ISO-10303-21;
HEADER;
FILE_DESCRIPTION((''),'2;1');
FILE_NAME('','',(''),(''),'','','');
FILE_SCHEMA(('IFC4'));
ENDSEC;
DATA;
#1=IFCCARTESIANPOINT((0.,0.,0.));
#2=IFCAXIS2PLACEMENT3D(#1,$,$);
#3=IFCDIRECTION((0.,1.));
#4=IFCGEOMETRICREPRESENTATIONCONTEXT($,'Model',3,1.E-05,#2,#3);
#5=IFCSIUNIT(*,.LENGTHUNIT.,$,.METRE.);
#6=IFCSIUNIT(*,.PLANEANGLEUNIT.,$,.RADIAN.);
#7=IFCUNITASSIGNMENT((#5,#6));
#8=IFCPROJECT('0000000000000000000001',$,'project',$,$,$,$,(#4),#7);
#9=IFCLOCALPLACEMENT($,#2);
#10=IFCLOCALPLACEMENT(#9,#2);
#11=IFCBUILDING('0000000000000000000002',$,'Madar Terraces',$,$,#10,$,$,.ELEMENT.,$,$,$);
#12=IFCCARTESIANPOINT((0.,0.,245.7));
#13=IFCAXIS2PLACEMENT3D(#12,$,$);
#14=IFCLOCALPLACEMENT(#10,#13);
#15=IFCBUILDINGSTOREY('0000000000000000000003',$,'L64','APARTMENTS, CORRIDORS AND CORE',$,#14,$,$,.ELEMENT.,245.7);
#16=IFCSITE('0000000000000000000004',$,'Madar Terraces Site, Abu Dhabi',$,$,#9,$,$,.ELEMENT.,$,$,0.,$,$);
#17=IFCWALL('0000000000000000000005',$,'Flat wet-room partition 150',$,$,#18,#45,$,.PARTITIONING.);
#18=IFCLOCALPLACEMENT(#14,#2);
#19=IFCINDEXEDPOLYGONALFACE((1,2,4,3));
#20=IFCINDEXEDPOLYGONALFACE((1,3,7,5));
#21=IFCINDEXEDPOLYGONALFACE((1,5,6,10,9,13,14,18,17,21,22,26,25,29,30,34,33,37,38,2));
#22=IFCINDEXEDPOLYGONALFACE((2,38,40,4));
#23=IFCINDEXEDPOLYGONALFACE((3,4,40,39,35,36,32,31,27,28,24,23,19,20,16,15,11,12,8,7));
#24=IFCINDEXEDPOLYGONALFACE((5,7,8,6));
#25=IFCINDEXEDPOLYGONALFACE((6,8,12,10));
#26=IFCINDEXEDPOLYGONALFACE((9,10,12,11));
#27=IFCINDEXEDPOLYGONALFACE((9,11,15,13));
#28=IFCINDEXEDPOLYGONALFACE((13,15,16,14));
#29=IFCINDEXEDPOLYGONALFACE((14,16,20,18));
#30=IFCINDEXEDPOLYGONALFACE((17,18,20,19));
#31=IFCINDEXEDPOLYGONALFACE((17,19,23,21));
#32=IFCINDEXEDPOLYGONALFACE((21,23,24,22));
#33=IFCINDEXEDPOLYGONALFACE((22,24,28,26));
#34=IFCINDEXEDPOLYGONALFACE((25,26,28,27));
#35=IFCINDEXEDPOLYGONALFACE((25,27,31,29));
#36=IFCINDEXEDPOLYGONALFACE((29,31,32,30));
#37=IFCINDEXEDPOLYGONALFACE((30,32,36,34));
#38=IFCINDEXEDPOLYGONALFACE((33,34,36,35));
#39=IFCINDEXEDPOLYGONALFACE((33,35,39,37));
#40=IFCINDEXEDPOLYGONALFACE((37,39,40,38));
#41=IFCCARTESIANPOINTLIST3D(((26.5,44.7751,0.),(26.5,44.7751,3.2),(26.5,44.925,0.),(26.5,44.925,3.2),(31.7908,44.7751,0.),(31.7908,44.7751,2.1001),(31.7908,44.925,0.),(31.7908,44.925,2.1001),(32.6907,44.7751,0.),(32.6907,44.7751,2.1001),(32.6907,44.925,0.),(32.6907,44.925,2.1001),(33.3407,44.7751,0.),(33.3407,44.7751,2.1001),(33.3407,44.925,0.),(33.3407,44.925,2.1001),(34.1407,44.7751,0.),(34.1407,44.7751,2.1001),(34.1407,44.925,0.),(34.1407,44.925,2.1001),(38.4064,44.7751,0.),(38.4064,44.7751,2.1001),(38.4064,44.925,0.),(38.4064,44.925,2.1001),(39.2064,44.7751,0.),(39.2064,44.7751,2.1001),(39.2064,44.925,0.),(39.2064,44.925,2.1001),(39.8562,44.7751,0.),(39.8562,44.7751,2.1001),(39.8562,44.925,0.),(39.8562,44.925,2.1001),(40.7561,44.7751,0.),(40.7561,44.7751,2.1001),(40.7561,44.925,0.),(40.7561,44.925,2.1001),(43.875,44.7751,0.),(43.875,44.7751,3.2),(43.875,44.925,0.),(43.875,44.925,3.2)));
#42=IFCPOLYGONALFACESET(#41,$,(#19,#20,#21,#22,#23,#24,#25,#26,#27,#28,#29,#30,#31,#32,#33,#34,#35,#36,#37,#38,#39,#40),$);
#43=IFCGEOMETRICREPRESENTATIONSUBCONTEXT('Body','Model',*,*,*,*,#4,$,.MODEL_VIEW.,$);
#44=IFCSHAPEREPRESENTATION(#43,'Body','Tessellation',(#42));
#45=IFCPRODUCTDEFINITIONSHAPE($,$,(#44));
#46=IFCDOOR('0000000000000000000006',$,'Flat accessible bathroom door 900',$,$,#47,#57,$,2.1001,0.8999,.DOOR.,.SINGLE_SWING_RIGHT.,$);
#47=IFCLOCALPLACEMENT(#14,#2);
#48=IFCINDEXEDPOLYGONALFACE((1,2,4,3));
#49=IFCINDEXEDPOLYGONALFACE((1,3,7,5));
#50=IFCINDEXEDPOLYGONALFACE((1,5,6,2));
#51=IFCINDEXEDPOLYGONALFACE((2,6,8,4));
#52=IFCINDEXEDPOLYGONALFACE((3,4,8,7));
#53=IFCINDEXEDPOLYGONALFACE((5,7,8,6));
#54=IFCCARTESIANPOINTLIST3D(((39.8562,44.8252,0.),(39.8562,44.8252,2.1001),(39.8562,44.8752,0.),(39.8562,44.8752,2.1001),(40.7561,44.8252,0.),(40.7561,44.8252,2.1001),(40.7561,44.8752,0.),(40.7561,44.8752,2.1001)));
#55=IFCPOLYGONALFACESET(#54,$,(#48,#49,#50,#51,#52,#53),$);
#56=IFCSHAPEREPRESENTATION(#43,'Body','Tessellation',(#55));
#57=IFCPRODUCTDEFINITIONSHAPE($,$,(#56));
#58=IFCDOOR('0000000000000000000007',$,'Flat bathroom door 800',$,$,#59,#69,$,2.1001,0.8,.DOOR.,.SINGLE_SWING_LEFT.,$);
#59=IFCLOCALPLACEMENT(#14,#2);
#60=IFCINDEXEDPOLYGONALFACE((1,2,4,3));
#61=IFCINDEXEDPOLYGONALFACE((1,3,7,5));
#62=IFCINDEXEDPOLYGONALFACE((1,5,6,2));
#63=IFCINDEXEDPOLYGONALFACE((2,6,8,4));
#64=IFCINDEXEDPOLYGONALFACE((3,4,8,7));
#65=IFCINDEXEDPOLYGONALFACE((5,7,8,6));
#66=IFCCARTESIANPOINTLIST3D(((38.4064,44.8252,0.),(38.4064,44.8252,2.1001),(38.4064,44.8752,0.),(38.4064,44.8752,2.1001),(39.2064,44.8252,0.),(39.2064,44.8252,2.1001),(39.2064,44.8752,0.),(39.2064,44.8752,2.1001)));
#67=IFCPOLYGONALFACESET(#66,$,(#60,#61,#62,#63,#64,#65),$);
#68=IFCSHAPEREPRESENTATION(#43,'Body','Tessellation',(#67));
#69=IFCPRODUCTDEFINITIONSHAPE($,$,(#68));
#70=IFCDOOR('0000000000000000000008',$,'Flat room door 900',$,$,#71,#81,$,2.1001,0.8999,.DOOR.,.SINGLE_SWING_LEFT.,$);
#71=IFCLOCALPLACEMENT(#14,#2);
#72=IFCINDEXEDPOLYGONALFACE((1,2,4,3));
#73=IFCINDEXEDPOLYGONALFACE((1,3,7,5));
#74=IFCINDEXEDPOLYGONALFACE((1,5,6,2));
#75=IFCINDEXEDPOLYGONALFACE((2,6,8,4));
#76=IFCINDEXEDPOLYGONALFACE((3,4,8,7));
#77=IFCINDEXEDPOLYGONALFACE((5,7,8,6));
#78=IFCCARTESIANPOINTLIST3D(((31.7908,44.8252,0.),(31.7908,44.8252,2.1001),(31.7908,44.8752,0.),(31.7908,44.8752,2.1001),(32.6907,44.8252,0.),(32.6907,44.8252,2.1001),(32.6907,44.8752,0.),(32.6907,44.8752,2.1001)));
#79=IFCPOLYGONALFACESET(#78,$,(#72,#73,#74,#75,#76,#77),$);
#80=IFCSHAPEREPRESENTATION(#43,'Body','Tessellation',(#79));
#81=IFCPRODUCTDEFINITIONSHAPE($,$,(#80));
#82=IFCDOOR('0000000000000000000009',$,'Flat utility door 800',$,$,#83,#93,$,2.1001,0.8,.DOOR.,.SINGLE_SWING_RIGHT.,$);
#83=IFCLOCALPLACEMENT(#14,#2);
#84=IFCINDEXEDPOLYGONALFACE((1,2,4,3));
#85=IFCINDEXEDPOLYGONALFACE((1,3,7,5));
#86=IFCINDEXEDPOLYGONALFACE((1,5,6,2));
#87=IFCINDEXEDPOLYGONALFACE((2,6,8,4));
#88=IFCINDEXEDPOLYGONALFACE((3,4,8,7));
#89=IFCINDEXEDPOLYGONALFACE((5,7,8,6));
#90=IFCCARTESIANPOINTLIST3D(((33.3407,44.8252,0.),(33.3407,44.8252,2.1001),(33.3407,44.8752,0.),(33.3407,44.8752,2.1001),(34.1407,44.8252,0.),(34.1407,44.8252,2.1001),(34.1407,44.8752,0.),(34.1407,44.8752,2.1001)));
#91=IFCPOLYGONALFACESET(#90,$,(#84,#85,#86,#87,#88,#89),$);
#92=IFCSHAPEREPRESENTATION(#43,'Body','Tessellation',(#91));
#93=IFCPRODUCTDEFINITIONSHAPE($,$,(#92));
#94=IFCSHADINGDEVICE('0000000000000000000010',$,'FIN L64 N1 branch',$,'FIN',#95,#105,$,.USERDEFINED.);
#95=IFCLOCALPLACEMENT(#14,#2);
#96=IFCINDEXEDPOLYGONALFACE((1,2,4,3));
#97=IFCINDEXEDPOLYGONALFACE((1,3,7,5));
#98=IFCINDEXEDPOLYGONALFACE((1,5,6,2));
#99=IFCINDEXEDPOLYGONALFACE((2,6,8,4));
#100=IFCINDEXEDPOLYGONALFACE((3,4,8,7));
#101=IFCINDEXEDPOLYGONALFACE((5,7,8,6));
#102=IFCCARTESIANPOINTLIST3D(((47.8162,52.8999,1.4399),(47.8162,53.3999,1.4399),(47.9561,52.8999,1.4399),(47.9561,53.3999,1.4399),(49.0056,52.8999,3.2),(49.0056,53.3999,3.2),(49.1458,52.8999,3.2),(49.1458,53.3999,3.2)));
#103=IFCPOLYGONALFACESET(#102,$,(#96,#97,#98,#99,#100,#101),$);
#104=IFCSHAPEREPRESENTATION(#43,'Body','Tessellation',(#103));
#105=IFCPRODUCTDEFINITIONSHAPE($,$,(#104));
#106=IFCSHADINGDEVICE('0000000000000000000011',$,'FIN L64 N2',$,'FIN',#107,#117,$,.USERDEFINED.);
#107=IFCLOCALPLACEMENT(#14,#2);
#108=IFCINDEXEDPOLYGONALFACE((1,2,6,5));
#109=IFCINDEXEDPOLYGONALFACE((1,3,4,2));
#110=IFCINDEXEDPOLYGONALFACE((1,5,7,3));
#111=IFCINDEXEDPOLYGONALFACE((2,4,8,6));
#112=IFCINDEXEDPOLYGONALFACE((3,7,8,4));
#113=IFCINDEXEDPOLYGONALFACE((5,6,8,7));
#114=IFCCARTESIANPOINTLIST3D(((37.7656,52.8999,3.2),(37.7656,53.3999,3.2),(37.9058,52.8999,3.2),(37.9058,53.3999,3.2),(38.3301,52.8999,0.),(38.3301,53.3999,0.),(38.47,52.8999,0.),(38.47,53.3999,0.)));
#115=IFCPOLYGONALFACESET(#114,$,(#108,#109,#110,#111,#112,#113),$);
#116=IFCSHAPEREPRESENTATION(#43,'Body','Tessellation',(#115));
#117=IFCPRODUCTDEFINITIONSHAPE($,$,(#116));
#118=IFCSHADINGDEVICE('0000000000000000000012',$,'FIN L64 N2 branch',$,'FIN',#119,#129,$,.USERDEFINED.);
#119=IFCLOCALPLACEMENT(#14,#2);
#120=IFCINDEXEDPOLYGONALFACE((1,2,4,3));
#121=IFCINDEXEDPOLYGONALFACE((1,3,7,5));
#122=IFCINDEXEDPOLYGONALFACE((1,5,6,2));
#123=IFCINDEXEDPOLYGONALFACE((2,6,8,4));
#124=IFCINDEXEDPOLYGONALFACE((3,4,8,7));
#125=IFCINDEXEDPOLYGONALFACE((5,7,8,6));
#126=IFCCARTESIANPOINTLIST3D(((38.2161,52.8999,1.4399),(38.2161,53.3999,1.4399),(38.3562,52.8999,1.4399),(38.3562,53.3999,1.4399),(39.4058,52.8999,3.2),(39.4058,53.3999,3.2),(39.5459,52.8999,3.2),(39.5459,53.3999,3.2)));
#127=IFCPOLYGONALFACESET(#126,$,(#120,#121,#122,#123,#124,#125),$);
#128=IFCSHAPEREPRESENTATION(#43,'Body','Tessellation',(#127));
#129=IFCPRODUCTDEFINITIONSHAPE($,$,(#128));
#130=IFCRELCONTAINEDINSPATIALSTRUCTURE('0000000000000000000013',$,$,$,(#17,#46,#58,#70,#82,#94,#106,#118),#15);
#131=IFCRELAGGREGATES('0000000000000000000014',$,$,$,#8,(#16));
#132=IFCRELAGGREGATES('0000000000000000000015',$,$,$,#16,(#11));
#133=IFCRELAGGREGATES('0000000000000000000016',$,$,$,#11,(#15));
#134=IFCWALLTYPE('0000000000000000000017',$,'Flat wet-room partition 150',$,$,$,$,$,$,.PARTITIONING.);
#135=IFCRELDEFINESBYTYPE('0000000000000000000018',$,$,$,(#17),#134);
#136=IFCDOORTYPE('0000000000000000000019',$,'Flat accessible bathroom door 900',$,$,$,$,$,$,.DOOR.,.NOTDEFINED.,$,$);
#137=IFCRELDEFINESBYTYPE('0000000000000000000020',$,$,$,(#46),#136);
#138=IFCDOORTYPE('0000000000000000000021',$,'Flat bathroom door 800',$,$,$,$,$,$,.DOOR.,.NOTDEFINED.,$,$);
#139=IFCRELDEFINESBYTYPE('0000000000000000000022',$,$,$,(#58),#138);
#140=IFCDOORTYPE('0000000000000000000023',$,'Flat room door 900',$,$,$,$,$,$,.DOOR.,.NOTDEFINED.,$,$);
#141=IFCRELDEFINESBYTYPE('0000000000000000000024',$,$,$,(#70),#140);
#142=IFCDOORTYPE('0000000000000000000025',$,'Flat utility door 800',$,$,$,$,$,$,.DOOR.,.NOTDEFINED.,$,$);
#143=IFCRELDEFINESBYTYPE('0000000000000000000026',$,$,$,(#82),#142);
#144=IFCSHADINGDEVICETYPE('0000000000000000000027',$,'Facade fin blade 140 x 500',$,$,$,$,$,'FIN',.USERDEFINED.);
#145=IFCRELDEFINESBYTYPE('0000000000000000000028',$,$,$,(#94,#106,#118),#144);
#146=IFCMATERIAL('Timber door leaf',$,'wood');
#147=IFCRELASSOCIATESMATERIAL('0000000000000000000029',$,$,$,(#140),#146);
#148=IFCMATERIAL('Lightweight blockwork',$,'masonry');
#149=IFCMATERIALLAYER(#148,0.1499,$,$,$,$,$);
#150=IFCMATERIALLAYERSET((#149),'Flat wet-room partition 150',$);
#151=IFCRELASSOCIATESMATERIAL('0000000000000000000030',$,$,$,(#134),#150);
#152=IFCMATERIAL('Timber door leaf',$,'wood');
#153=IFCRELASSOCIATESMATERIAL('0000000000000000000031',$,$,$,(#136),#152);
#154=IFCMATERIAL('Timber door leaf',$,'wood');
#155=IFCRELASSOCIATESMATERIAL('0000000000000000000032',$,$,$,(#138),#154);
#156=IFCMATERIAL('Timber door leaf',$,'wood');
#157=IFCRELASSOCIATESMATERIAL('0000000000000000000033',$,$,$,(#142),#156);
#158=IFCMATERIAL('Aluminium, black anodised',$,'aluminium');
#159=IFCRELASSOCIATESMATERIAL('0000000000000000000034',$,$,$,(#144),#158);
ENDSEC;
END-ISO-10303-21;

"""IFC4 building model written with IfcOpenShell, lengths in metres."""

from ifc_helpers import new_model, si_unit, direction, frame, frame_2d, origin, place, context, subcontext, project, spatial, polyline, rectangle, outline, extrude, material, layer, layer_set, type_object, element, fill, save


model = new_model("IFC4")

# Units and contexts
model_context = context("Model", 3, precision=1e-05, world=origin(), true_north=direction((0.0, 1.0)))
body_context = subcontext(model_context, "Body", "Model", "MODEL_VIEW")
ifc_project = project(units=[si_unit("LENGTHUNIT", "METRE"), si_unit("PLANEANGLEUNIT", "RADIAN")], contexts=[model_context])

# Site, building, storey
site_placement = place(None, origin())
site = spatial("IfcSite", under=ifc_project, at=site_placement, Name="Madar Terraces Site, Abu Dhabi", CompositionType="ELEMENT", RefElevation=0.0)
building_placement = place(site_placement, origin())
building = spatial("IfcBuilding", under=site, at=building_placement, Name="Madar Terraces", CompositionType="ELEMENT")
storey_placement = place(building_placement, frame((0.0, 0.0, 245.7)))
storey = spatial("IfcBuildingStorey", under=building, at=storey_placement, Name="L64", Description="APARTMENTS, CORRIDORS AND CORE", CompositionType="ELEMENT", Elevation=245.7)

# Shared definitions
ifc_material_1 = material(Name="Timber door leaf", Category="wood")
door_type_1 = type_object("IfcDoorType", Name="Flat room door 900", OperationType="NOTDEFINED", PredefinedType="DOOR", material=ifc_material_1)

# Shared definitions
ifc_material_2 = material(Name="Lightweight blockwork", Category="masonry")
ifc_layer_1 = layer(ifc_material_2, 0.1499)
ifc_layer_set_1 = layer_set([ifc_layer_1], Name="Flat wet-room partition 150")
wall_type_1 = type_object("IfcWallType", Name="Flat wet-room partition 150", PredefinedType="PARTITIONING", material=ifc_layer_set_1)

# Wall, openings, doors
wall_1_placement = place(storey_placement, frame((43.875, 44.8501, 0.0), z_axis=(0.0, 0.0, 1.0), x_axis=(-1.0, 0.0, 0.0)))
wall_1 = element("IfcWall", 1, at=wall_1_placement, inside=storey, type_object=wall_type_1, Name="Flat wet-room partition 150", PredefinedType="PARTITIONING", context=body_context, shape_type="SweptSolid", body=[
    extrude(rectangle(XDim=17.375, YDim=0.1499, at=frame_2d((8.6875, 0.0))), origin(), (0.0, 0.0, 1.0), 3.2),
])
opening_1_placement = place(wall_1_placement, frame((3.1189, 0.0, 0.0)))
opening_1 = element("IfcOpeningElement", 2, at=opening_1_placement, cuts=wall_1, PredefinedType="OPENING", context=body_context, shape_type="SweptSolid", body=[
    extrude(rectangle(XDim=0.8999, YDim=2.1001, at=frame_2d((0.45, 1.05))), frame((0.0, 0.085, 0.0), z_axis=(0.0, -1.0, 0.0), x_axis=(1.0, 0.0, 0.0)), (0.0, 0.0, 1.0), 0.1699),
])
opening_2_placement = place(wall_1_placement, frame((4.6687, 0.0, 0.0)))
opening_2 = element("IfcOpeningElement", 3, at=opening_2_placement, cuts=wall_1, PredefinedType="OPENING", context=body_context, shape_type="SweptSolid", body=[
    extrude(rectangle(XDim=0.8, YDim=2.1001, at=frame_2d((0.3999, 1.05))), frame((0.0, 0.085, 0.0), z_axis=(0.0, -1.0, 0.0), x_axis=(1.0, 0.0, 0.0)), (0.0, 0.0, 1.0), 0.1699),
])
opening_3_placement = place(wall_1_placement, frame((9.7344, 0.0, 0.0)))
opening_3 = element("IfcOpeningElement", 4, at=opening_3_placement, cuts=wall_1, PredefinedType="OPENING", context=body_context, shape_type="SweptSolid", body=[
    extrude(rectangle(XDim=0.8, YDim=2.1001, at=frame_2d((0.3999, 1.05))), frame((0.0, 0.085, 0.0), z_axis=(0.0, -1.0, 0.0), x_axis=(1.0, 0.0, 0.0)), (0.0, 0.0, 1.0), 0.1699),
])
opening_4_placement = place(wall_1_placement, frame((11.1843, 0.0, 0.0)))
opening_4 = element("IfcOpeningElement", 5, at=opening_4_placement, cuts=wall_1, PredefinedType="OPENING", context=body_context, shape_type="SweptSolid", body=[
    extrude(rectangle(XDim=0.8999, YDim=2.1001, at=frame_2d((0.45, 1.05))), frame((0.0, 0.085, 0.0), z_axis=(0.0, -1.0, 0.0), x_axis=(1.0, 0.0, 0.0)), (0.0, 0.0, 1.0), 0.1699),
])
ifc_material_3 = material(Name="Timber door leaf", Category="wood")
door_type_2 = type_object("IfcDoorType", Name="Flat accessible bathroom door 900", OperationType="NOTDEFINED", PredefinedType="DOOR", material=ifc_material_3)
door_1_placement = place(opening_1_placement, origin())
door_1 = element("IfcDoor", 6, at=door_1_placement, inside=storey, type_object=door_type_2, Name="Flat accessible bathroom door 900", OperationType="SINGLE_SWING_RIGHT", OverallHeight=2.1001, OverallWidth=0.8999, PredefinedType="DOOR", context=body_context, shape_type="SweptSolid", body=[
    extrude(rectangle(XDim=0.8999, YDim=2.1001, at=frame_2d((0.45, 1.05))), frame((0.0, 0.0249, 0.0), z_axis=(0.0, -1.0, 0.0), x_axis=(1.0, 0.0, 0.0)), (0.0, 0.0, 1.0), 0.05),
])
fill(opening_1, door_1)
ifc_material_4 = material(Name="Timber door leaf", Category="wood")
door_type_3 = type_object("IfcDoorType", Name="Flat bathroom door 800", OperationType="NOTDEFINED", PredefinedType="DOOR", material=ifc_material_4)
door_2_placement = place(opening_2_placement, origin())
door_2 = element("IfcDoor", 7, at=door_2_placement, inside=storey, type_object=door_type_3, Name="Flat bathroom door 800", OperationType="SINGLE_SWING_LEFT", OverallHeight=2.1001, OverallWidth=0.8, PredefinedType="DOOR", context=body_context, shape_type="SweptSolid", body=[
    extrude(rectangle(XDim=0.8, YDim=2.1001, at=frame_2d((0.3999, 1.05))), frame((0.0, 0.0249, 0.0), z_axis=(0.0, -1.0, 0.0), x_axis=(1.0, 0.0, 0.0)), (0.0, 0.0, 1.0), 0.05),
])
fill(opening_2, door_2)
door_3_placement = place(opening_4_placement, origin())
door_3 = element("IfcDoor", 8, at=door_3_placement, inside=storey, type_object=door_type_1, Name="Flat room door 900", OperationType="SINGLE_SWING_LEFT", OverallHeight=2.1001, OverallWidth=0.8999, PredefinedType="DOOR", context=body_context, shape_type="SweptSolid", body=[
    extrude(rectangle(XDim=0.8999, YDim=2.1001, at=frame_2d((0.45, 1.05))), frame((0.0, 0.0249, 0.0), z_axis=(0.0, -1.0, 0.0), x_axis=(1.0, 0.0, 0.0)), (0.0, 0.0, 1.0), 0.05),
])
fill(opening_4, door_3)
ifc_material_5 = material(Name="Timber door leaf", Category="wood")
door_type_4 = type_object("IfcDoorType", Name="Flat utility door 800", OperationType="NOTDEFINED", PredefinedType="DOOR", material=ifc_material_5)
door_4_placement = place(opening_3_placement, origin())
door_4 = element("IfcDoor", 9, at=door_4_placement, inside=storey, type_object=door_type_4, Name="Flat utility door 800", OperationType="SINGLE_SWING_RIGHT", OverallHeight=2.1001, OverallWidth=0.8, PredefinedType="DOOR", context=body_context, shape_type="SweptSolid", body=[
    extrude(rectangle(XDim=0.8, YDim=2.1001, at=frame_2d((0.3999, 1.05))), frame((0.0, 0.0249, 0.0), z_axis=(0.0, -1.0, 0.0), x_axis=(1.0, 0.0, 0.0)), (0.0, 0.0, 1.0), 0.05),
])
fill(opening_3, door_4)

# Shading devices
ifc_material_6 = material(Name="Aluminium, black anodised", Category="aluminium")
shading_device_type = type_object("IfcShadingDeviceType", Name="Facade fin blade 140 x 500", ElementType="FIN", PredefinedType="USERDEFINED", material=ifc_material_6)
shading_device_1_placement = place(storey_placement, frame((47.9561, 53.1499, 1.4399), z_axis=(0.0, 0.0, 1.0), x_axis=(-1.0, 0.0, 0.0)))
element("IfcShadingDevice", 10, at=shading_device_1_placement, inside=storey, type_object=shading_device_type, Name="FIN L64 N1 branch", ObjectType="FIN", PredefinedType="USERDEFINED", context=body_context, shape_type="SweptSolid", body=[
    extrude(outline(polyline([(0.0, 0.0), (0.1399, 0.0), (-1.0496, 1.76), (-1.1897, 1.76), (0.0, 0.0)])), frame((0.0, 0.25, 0.0), z_axis=(0.0, -1.0, 0.0), x_axis=(1.0, 0.0, 0.0)), (0.0, 0.0, 1.0), 0.5),
])
shading_device_2_placement = place(storey_placement, frame((38.47, 53.1499, 0.0), z_axis=(0.0, 0.0, 1.0), x_axis=(-1.0, 0.0, 0.0)))
element("IfcShadingDevice", 11, at=shading_device_2_placement, inside=storey, type_object=shading_device_type, Name="FIN L64 N2", ObjectType="FIN", PredefinedType="USERDEFINED", context=body_context, shape_type="SweptSolid", body=[
    extrude(outline(polyline([(0.0, 0.0), (0.1399, 0.0), (0.7043, 3.2), (0.5642, 3.2), (0.0, 0.0)])), frame((0.0, 0.25, 0.0), z_axis=(0.0, -1.0, 0.0), x_axis=(1.0, 0.0, 0.0)), (0.0, 0.0, 1.0), 0.5),
])
shading_device_3_placement = place(storey_placement, frame((38.3562, 53.1499, 1.4399), z_axis=(0.0, 0.0, 1.0), x_axis=(-1.0, 0.0, 0.0)))
element("IfcShadingDevice", 12, at=shading_device_3_placement, inside=storey, type_object=shading_device_type, Name="FIN L64 N2 branch", ObjectType="FIN", PredefinedType="USERDEFINED", context=body_context, shape_type="SweptSolid", body=[
    extrude(outline(polyline([(0.0, 0.0), (0.1401, 0.0), (-1.0496, 1.76), (-1.1897, 1.76), (0.0, 0.0)])), frame((0.0, 0.25, 0.0), z_axis=(0.0, -1.0, 0.0), x_axis=(1.0, 0.0, 0.0)), (0.0, 0.0, 1.0), 0.5),
])

save(model, "model.ifc")
